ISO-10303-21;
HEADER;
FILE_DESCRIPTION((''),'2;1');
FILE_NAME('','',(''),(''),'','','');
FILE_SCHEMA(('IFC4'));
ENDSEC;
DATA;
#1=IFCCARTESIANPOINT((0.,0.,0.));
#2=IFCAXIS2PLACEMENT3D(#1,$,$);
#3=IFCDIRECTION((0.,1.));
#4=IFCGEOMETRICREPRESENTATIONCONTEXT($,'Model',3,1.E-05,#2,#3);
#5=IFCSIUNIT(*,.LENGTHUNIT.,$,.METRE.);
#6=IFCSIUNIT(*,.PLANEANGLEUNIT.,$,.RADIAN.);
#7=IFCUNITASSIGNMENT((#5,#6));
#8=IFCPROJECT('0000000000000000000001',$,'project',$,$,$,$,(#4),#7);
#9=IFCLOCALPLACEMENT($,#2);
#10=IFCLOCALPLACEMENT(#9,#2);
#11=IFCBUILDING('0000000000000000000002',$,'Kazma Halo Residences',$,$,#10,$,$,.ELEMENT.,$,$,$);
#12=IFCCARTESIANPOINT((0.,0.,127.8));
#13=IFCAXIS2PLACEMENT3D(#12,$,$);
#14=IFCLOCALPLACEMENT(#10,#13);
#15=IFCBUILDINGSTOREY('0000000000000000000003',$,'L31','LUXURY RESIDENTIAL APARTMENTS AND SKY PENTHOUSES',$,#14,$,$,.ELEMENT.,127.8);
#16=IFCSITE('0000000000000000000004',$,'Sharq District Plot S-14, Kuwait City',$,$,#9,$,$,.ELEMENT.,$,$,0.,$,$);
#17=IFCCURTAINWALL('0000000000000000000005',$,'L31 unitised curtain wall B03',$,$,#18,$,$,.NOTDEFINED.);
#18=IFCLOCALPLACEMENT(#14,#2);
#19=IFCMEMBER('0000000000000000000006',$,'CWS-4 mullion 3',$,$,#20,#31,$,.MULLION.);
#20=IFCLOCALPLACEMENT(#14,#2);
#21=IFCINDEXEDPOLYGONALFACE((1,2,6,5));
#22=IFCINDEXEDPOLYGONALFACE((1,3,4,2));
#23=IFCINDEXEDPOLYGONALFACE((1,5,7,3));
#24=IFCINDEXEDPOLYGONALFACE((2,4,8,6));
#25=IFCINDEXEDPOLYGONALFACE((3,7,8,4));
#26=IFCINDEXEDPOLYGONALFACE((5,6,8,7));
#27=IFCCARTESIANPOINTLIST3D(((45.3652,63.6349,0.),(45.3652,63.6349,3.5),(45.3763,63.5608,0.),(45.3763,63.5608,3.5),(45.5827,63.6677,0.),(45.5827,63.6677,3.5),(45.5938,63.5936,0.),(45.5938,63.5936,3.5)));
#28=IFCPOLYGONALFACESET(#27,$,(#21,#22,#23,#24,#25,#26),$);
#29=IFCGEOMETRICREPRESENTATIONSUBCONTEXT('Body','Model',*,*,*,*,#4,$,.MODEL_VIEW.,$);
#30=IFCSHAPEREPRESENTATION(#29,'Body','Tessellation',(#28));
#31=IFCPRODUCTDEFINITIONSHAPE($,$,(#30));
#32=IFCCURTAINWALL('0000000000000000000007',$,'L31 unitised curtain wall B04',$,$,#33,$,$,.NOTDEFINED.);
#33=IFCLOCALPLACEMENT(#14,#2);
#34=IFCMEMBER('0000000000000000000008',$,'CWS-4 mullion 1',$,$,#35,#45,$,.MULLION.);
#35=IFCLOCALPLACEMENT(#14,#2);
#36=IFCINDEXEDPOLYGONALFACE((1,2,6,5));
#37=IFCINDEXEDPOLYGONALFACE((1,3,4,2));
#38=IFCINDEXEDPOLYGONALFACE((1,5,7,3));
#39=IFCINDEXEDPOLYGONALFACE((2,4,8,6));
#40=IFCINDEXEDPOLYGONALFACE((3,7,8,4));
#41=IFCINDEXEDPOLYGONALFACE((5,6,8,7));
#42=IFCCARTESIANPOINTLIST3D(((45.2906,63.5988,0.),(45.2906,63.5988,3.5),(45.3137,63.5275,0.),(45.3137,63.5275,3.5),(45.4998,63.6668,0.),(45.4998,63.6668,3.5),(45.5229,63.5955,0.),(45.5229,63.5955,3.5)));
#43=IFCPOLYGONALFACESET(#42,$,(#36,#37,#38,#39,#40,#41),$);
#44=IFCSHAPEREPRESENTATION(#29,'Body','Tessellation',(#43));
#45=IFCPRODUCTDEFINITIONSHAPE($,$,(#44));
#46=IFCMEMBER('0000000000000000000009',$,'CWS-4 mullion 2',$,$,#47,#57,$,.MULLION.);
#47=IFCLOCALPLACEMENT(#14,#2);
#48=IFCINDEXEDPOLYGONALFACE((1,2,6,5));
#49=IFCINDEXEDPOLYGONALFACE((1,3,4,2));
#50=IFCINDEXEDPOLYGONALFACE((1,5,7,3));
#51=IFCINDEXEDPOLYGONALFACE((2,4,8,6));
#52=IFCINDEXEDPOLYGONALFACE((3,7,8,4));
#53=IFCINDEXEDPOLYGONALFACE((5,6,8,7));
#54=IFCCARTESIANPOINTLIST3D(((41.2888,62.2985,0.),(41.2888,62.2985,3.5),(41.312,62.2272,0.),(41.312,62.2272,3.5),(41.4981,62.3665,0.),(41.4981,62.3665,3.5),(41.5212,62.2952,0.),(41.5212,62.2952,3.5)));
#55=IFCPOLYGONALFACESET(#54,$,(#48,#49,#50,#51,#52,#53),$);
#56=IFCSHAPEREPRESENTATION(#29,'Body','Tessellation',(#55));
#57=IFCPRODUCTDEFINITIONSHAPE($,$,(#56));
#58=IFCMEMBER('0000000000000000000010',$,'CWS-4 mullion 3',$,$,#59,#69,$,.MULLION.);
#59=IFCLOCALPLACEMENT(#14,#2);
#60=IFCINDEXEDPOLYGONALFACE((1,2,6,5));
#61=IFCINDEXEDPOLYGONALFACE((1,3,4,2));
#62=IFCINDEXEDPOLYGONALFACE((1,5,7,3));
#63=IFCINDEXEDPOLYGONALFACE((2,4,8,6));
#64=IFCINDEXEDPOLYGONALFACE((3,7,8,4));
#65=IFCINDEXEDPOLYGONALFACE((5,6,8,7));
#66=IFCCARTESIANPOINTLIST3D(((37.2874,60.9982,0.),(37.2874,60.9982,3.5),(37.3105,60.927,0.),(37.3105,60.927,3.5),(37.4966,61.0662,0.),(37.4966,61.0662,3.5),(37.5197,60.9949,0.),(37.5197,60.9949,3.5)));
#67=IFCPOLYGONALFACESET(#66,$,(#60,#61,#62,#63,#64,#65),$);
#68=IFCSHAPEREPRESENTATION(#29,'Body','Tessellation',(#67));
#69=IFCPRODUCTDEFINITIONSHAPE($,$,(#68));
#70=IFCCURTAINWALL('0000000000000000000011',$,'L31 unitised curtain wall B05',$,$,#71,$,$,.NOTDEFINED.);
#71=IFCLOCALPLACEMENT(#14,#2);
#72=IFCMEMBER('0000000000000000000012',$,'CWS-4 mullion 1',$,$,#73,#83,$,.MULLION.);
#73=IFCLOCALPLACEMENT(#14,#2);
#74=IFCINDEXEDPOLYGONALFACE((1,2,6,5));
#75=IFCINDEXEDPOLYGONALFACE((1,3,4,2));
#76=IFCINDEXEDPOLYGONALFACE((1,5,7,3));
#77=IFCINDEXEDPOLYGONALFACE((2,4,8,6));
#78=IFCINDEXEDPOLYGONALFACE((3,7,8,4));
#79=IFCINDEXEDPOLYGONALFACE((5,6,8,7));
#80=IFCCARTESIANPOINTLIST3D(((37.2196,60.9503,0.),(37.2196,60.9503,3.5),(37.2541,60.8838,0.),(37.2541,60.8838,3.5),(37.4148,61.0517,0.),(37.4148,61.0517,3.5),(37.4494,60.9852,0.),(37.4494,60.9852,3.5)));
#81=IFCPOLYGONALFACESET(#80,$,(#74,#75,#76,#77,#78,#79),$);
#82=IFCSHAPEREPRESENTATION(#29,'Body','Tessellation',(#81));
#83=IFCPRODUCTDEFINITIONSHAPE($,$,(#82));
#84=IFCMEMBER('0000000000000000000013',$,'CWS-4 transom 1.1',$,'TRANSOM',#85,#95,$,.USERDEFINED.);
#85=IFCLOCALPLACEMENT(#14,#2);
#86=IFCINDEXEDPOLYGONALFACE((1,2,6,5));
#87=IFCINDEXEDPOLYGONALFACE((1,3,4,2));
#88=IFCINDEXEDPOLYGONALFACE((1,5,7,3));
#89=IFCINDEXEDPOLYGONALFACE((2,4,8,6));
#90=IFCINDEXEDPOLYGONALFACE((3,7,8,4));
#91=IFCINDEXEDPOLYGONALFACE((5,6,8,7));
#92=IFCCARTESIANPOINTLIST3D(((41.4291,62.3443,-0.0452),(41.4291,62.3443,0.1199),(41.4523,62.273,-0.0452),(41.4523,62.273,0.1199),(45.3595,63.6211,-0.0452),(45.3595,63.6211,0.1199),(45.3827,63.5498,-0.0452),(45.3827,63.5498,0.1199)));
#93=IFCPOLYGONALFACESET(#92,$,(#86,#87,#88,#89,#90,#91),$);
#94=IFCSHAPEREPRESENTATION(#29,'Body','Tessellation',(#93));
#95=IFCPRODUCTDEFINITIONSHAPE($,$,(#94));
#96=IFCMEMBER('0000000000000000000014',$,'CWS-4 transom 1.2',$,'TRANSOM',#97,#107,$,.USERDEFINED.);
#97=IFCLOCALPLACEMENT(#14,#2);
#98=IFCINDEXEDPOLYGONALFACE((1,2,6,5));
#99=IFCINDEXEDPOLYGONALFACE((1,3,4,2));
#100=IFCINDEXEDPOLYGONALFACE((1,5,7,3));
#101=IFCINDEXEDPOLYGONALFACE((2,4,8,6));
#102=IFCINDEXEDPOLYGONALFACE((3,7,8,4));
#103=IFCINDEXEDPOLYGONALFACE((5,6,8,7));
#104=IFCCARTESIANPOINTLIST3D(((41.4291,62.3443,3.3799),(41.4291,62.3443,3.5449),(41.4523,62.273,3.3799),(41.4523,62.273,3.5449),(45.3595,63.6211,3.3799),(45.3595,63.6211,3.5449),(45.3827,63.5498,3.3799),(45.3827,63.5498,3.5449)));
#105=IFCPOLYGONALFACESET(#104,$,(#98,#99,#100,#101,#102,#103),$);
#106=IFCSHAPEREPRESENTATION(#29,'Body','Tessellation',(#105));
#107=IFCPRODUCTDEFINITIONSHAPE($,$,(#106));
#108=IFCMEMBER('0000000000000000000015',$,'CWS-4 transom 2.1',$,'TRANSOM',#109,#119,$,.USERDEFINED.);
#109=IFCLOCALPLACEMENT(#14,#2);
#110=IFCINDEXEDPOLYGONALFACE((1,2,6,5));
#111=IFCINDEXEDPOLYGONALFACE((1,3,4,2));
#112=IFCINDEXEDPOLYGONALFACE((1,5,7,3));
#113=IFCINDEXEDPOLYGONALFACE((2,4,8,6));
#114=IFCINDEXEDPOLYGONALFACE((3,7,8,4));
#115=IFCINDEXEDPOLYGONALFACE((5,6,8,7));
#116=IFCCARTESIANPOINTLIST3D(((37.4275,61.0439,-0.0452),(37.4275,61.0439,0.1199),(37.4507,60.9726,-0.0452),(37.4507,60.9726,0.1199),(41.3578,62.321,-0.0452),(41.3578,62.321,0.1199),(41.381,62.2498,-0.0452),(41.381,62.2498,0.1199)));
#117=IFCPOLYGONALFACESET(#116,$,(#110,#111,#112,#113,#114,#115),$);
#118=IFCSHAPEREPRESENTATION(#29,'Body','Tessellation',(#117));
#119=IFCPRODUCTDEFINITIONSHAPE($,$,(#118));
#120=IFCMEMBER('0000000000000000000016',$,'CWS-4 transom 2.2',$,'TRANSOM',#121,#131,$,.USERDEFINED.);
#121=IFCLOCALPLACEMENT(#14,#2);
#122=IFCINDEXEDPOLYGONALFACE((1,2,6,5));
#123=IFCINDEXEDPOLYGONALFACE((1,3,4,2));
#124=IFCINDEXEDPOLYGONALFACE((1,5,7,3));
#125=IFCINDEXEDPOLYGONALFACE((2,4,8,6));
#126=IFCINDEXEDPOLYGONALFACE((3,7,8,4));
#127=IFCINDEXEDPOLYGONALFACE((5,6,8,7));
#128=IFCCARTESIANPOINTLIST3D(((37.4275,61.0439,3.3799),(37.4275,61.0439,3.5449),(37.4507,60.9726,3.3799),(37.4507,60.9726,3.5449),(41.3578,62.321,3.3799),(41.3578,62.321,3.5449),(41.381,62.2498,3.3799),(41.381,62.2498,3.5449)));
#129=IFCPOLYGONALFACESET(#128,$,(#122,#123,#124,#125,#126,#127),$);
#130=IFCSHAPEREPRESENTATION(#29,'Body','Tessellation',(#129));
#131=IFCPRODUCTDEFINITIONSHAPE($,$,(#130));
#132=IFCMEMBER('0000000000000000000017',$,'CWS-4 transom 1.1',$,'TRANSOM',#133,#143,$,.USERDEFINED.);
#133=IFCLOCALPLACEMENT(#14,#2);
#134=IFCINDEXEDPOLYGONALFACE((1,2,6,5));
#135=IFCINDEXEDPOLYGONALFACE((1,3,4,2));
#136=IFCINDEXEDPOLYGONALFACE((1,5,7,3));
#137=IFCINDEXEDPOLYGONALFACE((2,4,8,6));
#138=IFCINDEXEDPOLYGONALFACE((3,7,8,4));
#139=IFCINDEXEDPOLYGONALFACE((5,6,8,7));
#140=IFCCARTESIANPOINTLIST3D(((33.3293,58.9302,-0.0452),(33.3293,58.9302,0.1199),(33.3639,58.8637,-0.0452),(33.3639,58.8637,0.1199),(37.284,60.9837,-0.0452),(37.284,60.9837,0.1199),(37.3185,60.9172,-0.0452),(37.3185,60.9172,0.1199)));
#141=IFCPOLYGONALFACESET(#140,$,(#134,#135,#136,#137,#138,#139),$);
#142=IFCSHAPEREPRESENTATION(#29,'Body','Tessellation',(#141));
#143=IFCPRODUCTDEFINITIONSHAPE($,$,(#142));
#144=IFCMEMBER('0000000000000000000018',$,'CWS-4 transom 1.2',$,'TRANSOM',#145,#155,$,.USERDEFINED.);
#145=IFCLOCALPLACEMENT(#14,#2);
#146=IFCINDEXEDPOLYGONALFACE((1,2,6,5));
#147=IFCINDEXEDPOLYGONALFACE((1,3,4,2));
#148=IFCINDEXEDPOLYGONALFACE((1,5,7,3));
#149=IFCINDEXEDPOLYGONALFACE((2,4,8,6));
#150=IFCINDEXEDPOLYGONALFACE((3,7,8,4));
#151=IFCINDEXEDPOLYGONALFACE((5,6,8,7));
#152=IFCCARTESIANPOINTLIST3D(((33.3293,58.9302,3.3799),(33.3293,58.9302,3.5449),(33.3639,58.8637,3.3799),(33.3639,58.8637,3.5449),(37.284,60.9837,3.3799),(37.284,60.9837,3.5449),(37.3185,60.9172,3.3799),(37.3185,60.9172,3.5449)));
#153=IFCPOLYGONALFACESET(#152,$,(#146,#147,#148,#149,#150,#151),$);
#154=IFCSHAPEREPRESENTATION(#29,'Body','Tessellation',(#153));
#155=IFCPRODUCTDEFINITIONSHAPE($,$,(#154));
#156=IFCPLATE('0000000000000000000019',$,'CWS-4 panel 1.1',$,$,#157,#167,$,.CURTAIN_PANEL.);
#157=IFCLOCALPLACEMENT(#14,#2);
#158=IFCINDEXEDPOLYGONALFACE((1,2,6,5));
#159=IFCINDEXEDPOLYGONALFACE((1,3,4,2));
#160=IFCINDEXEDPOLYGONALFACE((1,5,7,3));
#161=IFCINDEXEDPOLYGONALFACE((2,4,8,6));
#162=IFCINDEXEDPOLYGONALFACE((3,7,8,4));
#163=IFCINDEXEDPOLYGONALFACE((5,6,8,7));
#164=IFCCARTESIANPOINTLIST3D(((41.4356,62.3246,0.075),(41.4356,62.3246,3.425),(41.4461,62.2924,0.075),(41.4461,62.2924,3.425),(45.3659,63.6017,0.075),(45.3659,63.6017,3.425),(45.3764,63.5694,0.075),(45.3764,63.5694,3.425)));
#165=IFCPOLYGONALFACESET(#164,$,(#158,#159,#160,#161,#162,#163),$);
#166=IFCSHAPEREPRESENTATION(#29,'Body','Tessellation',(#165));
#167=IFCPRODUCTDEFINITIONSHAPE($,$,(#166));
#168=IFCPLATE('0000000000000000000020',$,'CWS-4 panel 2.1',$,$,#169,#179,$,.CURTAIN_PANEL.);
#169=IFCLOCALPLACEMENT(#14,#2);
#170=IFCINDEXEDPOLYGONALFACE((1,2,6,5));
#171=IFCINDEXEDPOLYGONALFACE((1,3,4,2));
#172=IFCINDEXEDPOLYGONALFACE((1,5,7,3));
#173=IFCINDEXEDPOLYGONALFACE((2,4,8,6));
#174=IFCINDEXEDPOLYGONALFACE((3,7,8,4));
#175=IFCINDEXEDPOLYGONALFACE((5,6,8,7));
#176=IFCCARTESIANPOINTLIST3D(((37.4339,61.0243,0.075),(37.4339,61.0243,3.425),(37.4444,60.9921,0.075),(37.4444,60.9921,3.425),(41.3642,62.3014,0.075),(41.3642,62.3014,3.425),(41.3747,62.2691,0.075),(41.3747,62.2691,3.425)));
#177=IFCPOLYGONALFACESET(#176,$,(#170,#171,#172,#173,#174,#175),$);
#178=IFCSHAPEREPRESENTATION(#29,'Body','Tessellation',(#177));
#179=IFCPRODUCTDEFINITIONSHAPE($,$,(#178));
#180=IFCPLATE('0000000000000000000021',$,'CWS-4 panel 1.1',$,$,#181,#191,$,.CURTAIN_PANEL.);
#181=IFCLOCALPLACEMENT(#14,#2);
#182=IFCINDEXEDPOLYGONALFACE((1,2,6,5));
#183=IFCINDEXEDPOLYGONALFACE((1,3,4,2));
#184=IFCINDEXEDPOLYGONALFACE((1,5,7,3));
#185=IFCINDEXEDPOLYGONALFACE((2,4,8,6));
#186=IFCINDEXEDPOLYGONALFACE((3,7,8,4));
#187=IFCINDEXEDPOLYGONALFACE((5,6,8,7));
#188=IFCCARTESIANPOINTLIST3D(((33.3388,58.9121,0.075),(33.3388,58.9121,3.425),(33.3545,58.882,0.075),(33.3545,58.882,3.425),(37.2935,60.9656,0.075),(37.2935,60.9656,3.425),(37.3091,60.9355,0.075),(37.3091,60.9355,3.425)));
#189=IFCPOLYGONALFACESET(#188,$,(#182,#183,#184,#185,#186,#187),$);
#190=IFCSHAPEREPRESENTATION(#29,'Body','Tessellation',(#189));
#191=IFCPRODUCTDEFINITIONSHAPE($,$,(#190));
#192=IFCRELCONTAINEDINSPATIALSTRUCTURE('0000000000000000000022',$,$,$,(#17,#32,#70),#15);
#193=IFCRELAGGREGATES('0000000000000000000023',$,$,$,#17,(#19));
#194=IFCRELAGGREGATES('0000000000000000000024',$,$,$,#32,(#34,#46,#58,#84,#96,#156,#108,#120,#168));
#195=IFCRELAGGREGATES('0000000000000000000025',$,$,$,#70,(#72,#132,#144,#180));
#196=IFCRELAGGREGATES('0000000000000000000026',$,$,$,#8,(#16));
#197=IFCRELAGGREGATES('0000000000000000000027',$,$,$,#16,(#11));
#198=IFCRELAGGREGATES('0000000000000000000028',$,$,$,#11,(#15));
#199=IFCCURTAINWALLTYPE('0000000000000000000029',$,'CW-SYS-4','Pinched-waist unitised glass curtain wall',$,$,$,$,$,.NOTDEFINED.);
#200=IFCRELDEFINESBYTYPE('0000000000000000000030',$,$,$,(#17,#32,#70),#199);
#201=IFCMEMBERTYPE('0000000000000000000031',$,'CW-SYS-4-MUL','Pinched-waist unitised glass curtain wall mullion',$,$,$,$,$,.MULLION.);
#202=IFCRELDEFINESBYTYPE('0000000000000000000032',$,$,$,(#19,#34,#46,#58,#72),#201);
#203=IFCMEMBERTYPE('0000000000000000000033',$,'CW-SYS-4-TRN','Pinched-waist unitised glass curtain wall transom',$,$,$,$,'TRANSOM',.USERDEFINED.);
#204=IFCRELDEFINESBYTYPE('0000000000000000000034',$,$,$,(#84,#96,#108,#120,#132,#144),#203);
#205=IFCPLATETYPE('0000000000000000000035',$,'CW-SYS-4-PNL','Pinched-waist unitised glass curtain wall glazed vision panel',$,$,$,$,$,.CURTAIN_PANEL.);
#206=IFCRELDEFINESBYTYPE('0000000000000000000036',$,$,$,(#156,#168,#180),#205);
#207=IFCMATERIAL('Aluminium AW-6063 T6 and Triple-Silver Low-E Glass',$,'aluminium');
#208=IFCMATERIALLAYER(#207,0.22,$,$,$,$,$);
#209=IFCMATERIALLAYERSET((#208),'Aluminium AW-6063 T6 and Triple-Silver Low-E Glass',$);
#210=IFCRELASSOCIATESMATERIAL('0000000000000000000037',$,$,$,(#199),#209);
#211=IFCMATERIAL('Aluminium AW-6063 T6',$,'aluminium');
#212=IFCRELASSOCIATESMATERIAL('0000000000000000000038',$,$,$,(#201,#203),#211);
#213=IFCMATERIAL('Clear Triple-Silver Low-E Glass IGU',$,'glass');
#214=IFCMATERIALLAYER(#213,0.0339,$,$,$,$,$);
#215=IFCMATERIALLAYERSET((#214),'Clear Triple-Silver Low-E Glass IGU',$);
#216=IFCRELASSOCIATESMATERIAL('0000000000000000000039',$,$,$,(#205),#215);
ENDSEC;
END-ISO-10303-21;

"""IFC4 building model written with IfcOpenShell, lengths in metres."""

from ifc_helpers import new_model, si_unit, direction, frame, origin, origin_2d, place, context, subcontext, project, spatial, rectangle, extrude, material, layer, layer_set, material_profile, profile_set, type_object, element, aggregate, save


model = new_model("IFC4")

# Units and contexts
model_context = context("Model", 3, precision=1e-05, world=origin(), true_north=direction((0.0, 1.0)))
body_context = subcontext(model_context, "Body", "Model", "MODEL_VIEW")
ifc_project = project(units=[si_unit("LENGTHUNIT", "METRE"), si_unit("PLANEANGLEUNIT", "RADIAN")], contexts=[model_context])

# Site, building, storey
site_placement = place(None, origin())
site = spatial("IfcSite", under=ifc_project, at=site_placement, Name="Sharq District Plot S-14, Kuwait City", CompositionType="ELEMENT", RefElevation=0.0)
building_placement = place(site_placement, origin())
building = spatial("IfcBuilding", under=site, at=building_placement, Name="Kazma Halo Residences", CompositionType="ELEMENT")
storey_placement = place(building_placement, frame((0.0, 0.0, 127.8)))
storey = spatial("IfcBuildingStorey", under=building, at=storey_placement, Name="L31", Description="LUXURY RESIDENTIAL APARTMENTS AND SKY PENTHOUSES", CompositionType="ELEMENT", Elevation=127.8)

# Curtain wall, member
ifc_material_1 = material(Name="Aluminium AW-6063 T6 and Triple-Silver Low-E Glass", Category="aluminium")
ifc_layer_1 = layer(ifc_material_1, 0.22)
ifc_layer_set_1 = layer_set([ifc_layer_1], Name="Aluminium AW-6063 T6 and Triple-Silver Low-E Glass")
curtain_wall_type = type_object("IfcCurtainWallType", Name="CW-SYS-4", Description="Pinched-waist unitised glass curtain wall", PredefinedType="NOTDEFINED", material=ifc_layer_set_1)
curtain_wall_1_placement = place(storey_placement, origin())
curtain_wall_1 = element("IfcCurtainWall", 1, at=curtain_wall_1_placement, inside=storey, type_object=curtain_wall_type, Name="L31 unitised curtain wall B03", PredefinedType="NOTDEFINED")
ifc_material_2 = material(Name="Aluminium AW-6063 T6", Category="aluminium")
ifc_material_profile_1 = material_profile(ifc_material_2, rectangle(XDim=0.075, YDim=0.22, at=origin_2d()), Name="CWM-75x220")
ifc_profile_set_1 = profile_set([ifc_material_profile_1], Name="Aluminium AW-6063 T6")
member_type_1 = type_object("IfcMemberType", Name="CW-SYS-4-MUL", Description="Pinched-waist unitised glass curtain wall mullion", PredefinedType="MULLION", material=ifc_profile_set_1)
member_1_placement = place(storey_placement, frame((45.4795, 63.6143, 0.0), z_axis=(0.0, 0.0, 1.0), x_axis=(0.148821, -0.988864, 0.0)))
member_1 = element("IfcMember", 2, at=member_1_placement, type_object=member_type_1, Name="CWS-4 mullion 3", PredefinedType="MULLION", context=body_context, shape_type="SweptSolid", body=[
    extrude(rectangle(XDim=0.075, YDim=0.22, at=origin_2d()), origin(), (0.0, 0.0, 1.0), 3.5),
])
aggregate(curtain_wall_1, [member_1])

# Curtain wall, members
curtain_wall_2_placement = place(storey_placement, origin())
curtain_wall_2 = element("IfcCurtainWall", 3, at=curtain_wall_2_placement, inside=storey, type_object=curtain_wall_type, Name="L31 unitised curtain wall B04", PredefinedType="NOTDEFINED")
member_2_placement = place(storey_placement, frame((45.4067, 63.5972, 0.0), z_axis=(0.0, 0.0, 1.0), x_axis=(0.309017, -0.951056, 0.0)))
member_2 = element("IfcMember", 4, at=member_2_placement, type_object=member_type_1, Name="CWS-4 mullion 1", PredefinedType="MULLION", context=body_context, shape_type="SweptSolid", body=[
    extrude(rectangle(XDim=0.075, YDim=0.22, at=origin_2d()), origin(), (0.0, 0.0, 1.0), 3.5),
])
member_3_placement = place(storey_placement, frame((41.405, 62.2969, 0.0), z_axis=(0.0, 0.0, 1.0), x_axis=(0.309017, -0.951056, 0.0)))
member_3 = element("IfcMember", 5, at=member_3_placement, type_object=member_type_1, Name="CWS-4 mullion 2", PredefinedType="MULLION", context=body_context, shape_type="SweptSolid", body=[
    extrude(rectangle(XDim=0.075, YDim=0.22, at=origin_2d()), origin(), (0.0, 0.0, 1.0), 3.5),
])
member_4_placement = place(storey_placement, frame((37.4036, 60.9966, 0.0), z_axis=(0.0, 0.0, 1.0), x_axis=(0.309017, -0.951056, 0.0)))
member_4 = element("IfcMember", 6, at=member_4_placement, type_object=member_type_1, Name="CWS-4 mullion 3", PredefinedType="MULLION", context=body_context, shape_type="SweptSolid", body=[
    extrude(rectangle(XDim=0.075, YDim=0.22, at=origin_2d()), origin(), (0.0, 0.0, 1.0), 3.5),
])

# Curtain wall, member
curtain_wall_3_placement = place(storey_placement, origin())
curtain_wall_3 = element("IfcCurtainWall", 7, at=curtain_wall_3_placement, inside=storey, type_object=curtain_wall_type, Name="L31 unitised curtain wall B05", PredefinedType="NOTDEFINED")
member_5_placement = place(storey_placement, frame((37.3345, 60.9678, 0.0), z_axis=(0.0, 0.0, 1.0), x_axis=(0.460837, -0.887485, 0.0)))
member_5 = element("IfcMember", 8, at=member_5_placement, type_object=member_type_1, Name="CWS-4 mullion 1", PredefinedType="MULLION", context=body_context, shape_type="SweptSolid", body=[
    extrude(rectangle(XDim=0.075, YDim=0.22, at=origin_2d()), origin(), (0.0, 0.0, 1.0), 3.5),
])

# Members
ifc_material_profile_2 = material_profile(ifc_material_2, rectangle(XDim=0.075, YDim=0.165, at=origin_2d()), Name="CWT-75x165")
ifc_profile_set_2 = profile_set([ifc_material_profile_2], Name="Aluminium AW-6063 T6")
member_type_2 = type_object("IfcMemberType", Name="CW-SYS-4-TRN", Description="Pinched-waist unitised glass curtain wall transom", ElementType="TRANSOM", PredefinedType="USERDEFINED", material=ifc_profile_set_2)
member_6_placement = place(storey_placement, frame((45.3711, 63.5854, 0.0374), z_axis=(-0.951072, -0.30897, 0.0), x_axis=(0.30897, -0.951072, 0.0)))
member_6 = element("IfcMember", 9, at=member_6_placement, type_object=member_type_2, Name="CWS-4 transom 1.1", ObjectType="TRANSOM", PredefinedType="USERDEFINED", context=body_context, shape_type="SweptSolid", body=[
    extrude(rectangle(XDim=0.075, YDim=0.165, at=origin_2d()), origin(), (0.0, 0.0, 1.0), 4.1326),
])
member_7_placement = place(storey_placement, frame((45.3711, 63.5854, 3.4624), z_axis=(-0.951072, -0.30897, 0.0), x_axis=(0.30897, -0.951072, 0.0)))
member_7 = element("IfcMember", 10, at=member_7_placement, type_object=member_type_2, Name="CWS-4 transom 1.2", ObjectType="TRANSOM", PredefinedType="USERDEFINED", context=body_context, shape_type="SweptSolid", body=[
    extrude(rectangle(XDim=0.075, YDim=0.165, at=origin_2d()), origin(), (0.0, 0.0, 1.0), 4.1326),
])
member_8_placement = place(storey_placement, frame((41.3694, 62.2854, 0.0374), z_axis=(-0.951049, -0.309041, 0.0), x_axis=(0.309041, -0.951049, 0.0)))
member_8 = element("IfcMember", 11, at=member_8_placement, type_object=member_type_2, Name="CWS-4 transom 2.1", ObjectType="TRANSOM", PredefinedType="USERDEFINED", context=body_context, shape_type="SweptSolid", body=[
    extrude(rectangle(XDim=0.075, YDim=0.165, at=origin_2d()), origin(), (0.0, 0.0, 1.0), 4.1326),
])
member_9_placement = place(storey_placement, frame((41.3694, 62.2854, 3.4624), z_axis=(-0.951049, -0.309041, 0.0), x_axis=(0.309041, -0.951049, 0.0)))
member_9 = element("IfcMember", 12, at=member_9_placement, type_object=member_type_2, Name="CWS-4 transom 2.2", ObjectType="TRANSOM", PredefinedType="USERDEFINED", context=body_context, shape_type="SweptSolid", body=[
    extrude(rectangle(XDim=0.075, YDim=0.165, at=origin_2d()), origin(), (0.0, 0.0, 1.0), 4.1326),
])
member_10_placement = place(storey_placement, frame((37.3013, 60.9504, 0.0374), z_axis=(-0.887485, -0.460837, 0.0), x_axis=(0.460837, -0.887485, 0.0)))
member_10 = element("IfcMember", 13, at=member_10_placement, type_object=member_type_2, Name="CWS-4 transom 1.1", ObjectType="TRANSOM", PredefinedType="USERDEFINED", context=body_context, shape_type="SweptSolid", body=[
    extrude(rectangle(XDim=0.075, YDim=0.165, at=origin_2d()), origin(), (0.0, 0.0, 1.0), 4.4561),
])
member_11_placement = place(storey_placement, frame((37.3013, 60.9504, 3.4624), z_axis=(-0.887485, -0.460837, 0.0), x_axis=(0.460837, -0.887485, 0.0)))
member_11 = element("IfcMember", 14, at=member_11_placement, type_object=member_type_2, Name="CWS-4 transom 1.2", ObjectType="TRANSOM", PredefinedType="USERDEFINED", context=body_context, shape_type="SweptSolid", body=[
    extrude(rectangle(XDim=0.075, YDim=0.165, at=origin_2d()), origin(), (0.0, 0.0, 1.0), 4.4561),
])

# Plates
ifc_material_3 = material(Name="Clear Triple-Silver Low-E Glass IGU", Category="glass")
ifc_layer_2 = layer(ifc_material_3, 0.0339)
ifc_layer_set_2 = layer_set([ifc_layer_2], Name="Clear Triple-Silver Low-E Glass IGU")
plate_type = type_object("IfcPlateType", Name="CW-SYS-4-PNL", Description="Pinched-waist unitised glass curtain wall glazed vision panel", PredefinedType="CURTAIN_PANEL", material=ifc_layer_set_2)
plate_1_placement = place(storey_placement, frame((43.406, 62.947, 0.075), z_axis=(0.0, 0.0, 1.0), x_axis=(-0.951056, -0.309017, 0.0)))
plate_1 = element("IfcPlate", 15, at=plate_1_placement, type_object=plate_type, Name="CWS-4 panel 1.1", PredefinedType="CURTAIN_PANEL", context=body_context, shape_type="SweptSolid", body=[
    extrude(rectangle(XDim=4.1326, YDim=0.0339, at=origin_2d()), origin(), (0.0, 0.0, 1.0), 3.3501),
])
plate_2_placement = place(storey_placement, frame((39.4043, 61.6467, 0.075), z_axis=(0.0, 0.0, 1.0), x_axis=(-0.951056, -0.309017, 0.0)))
plate_2 = element("IfcPlate", 16, at=plate_2_placement, type_object=plate_type, Name="CWS-4 panel 2.1", PredefinedType="CURTAIN_PANEL", context=body_context, shape_type="SweptSolid", body=[
    extrude(rectangle(XDim=4.1326, YDim=0.0339, at=origin_2d()), origin(), (0.0, 0.0, 1.0), 3.3501),
])
aggregate(curtain_wall_2, [member_2, member_3, member_4, member_6, member_7, plate_1, member_8, member_9, plate_2])
plate_3_placement = place(storey_placement, frame((35.324, 59.9238, 0.075), z_axis=(0.0, 0.0, 1.0), x_axis=(-0.887485, -0.460837, 0.0)))
plate_3 = element("IfcPlate", 17, at=plate_3_placement, type_object=plate_type, Name="CWS-4 panel 1.1", PredefinedType="CURTAIN_PANEL", context=body_context, shape_type="SweptSolid", body=[
    extrude(rectangle(XDim=4.4561, YDim=0.0339, at=origin_2d()), origin(), (0.0, 0.0, 1.0), 3.3501),
])
aggregate(curtain_wall_3, [member_5, member_10, member_11, plate_3])

save(model, "model.ifc")
